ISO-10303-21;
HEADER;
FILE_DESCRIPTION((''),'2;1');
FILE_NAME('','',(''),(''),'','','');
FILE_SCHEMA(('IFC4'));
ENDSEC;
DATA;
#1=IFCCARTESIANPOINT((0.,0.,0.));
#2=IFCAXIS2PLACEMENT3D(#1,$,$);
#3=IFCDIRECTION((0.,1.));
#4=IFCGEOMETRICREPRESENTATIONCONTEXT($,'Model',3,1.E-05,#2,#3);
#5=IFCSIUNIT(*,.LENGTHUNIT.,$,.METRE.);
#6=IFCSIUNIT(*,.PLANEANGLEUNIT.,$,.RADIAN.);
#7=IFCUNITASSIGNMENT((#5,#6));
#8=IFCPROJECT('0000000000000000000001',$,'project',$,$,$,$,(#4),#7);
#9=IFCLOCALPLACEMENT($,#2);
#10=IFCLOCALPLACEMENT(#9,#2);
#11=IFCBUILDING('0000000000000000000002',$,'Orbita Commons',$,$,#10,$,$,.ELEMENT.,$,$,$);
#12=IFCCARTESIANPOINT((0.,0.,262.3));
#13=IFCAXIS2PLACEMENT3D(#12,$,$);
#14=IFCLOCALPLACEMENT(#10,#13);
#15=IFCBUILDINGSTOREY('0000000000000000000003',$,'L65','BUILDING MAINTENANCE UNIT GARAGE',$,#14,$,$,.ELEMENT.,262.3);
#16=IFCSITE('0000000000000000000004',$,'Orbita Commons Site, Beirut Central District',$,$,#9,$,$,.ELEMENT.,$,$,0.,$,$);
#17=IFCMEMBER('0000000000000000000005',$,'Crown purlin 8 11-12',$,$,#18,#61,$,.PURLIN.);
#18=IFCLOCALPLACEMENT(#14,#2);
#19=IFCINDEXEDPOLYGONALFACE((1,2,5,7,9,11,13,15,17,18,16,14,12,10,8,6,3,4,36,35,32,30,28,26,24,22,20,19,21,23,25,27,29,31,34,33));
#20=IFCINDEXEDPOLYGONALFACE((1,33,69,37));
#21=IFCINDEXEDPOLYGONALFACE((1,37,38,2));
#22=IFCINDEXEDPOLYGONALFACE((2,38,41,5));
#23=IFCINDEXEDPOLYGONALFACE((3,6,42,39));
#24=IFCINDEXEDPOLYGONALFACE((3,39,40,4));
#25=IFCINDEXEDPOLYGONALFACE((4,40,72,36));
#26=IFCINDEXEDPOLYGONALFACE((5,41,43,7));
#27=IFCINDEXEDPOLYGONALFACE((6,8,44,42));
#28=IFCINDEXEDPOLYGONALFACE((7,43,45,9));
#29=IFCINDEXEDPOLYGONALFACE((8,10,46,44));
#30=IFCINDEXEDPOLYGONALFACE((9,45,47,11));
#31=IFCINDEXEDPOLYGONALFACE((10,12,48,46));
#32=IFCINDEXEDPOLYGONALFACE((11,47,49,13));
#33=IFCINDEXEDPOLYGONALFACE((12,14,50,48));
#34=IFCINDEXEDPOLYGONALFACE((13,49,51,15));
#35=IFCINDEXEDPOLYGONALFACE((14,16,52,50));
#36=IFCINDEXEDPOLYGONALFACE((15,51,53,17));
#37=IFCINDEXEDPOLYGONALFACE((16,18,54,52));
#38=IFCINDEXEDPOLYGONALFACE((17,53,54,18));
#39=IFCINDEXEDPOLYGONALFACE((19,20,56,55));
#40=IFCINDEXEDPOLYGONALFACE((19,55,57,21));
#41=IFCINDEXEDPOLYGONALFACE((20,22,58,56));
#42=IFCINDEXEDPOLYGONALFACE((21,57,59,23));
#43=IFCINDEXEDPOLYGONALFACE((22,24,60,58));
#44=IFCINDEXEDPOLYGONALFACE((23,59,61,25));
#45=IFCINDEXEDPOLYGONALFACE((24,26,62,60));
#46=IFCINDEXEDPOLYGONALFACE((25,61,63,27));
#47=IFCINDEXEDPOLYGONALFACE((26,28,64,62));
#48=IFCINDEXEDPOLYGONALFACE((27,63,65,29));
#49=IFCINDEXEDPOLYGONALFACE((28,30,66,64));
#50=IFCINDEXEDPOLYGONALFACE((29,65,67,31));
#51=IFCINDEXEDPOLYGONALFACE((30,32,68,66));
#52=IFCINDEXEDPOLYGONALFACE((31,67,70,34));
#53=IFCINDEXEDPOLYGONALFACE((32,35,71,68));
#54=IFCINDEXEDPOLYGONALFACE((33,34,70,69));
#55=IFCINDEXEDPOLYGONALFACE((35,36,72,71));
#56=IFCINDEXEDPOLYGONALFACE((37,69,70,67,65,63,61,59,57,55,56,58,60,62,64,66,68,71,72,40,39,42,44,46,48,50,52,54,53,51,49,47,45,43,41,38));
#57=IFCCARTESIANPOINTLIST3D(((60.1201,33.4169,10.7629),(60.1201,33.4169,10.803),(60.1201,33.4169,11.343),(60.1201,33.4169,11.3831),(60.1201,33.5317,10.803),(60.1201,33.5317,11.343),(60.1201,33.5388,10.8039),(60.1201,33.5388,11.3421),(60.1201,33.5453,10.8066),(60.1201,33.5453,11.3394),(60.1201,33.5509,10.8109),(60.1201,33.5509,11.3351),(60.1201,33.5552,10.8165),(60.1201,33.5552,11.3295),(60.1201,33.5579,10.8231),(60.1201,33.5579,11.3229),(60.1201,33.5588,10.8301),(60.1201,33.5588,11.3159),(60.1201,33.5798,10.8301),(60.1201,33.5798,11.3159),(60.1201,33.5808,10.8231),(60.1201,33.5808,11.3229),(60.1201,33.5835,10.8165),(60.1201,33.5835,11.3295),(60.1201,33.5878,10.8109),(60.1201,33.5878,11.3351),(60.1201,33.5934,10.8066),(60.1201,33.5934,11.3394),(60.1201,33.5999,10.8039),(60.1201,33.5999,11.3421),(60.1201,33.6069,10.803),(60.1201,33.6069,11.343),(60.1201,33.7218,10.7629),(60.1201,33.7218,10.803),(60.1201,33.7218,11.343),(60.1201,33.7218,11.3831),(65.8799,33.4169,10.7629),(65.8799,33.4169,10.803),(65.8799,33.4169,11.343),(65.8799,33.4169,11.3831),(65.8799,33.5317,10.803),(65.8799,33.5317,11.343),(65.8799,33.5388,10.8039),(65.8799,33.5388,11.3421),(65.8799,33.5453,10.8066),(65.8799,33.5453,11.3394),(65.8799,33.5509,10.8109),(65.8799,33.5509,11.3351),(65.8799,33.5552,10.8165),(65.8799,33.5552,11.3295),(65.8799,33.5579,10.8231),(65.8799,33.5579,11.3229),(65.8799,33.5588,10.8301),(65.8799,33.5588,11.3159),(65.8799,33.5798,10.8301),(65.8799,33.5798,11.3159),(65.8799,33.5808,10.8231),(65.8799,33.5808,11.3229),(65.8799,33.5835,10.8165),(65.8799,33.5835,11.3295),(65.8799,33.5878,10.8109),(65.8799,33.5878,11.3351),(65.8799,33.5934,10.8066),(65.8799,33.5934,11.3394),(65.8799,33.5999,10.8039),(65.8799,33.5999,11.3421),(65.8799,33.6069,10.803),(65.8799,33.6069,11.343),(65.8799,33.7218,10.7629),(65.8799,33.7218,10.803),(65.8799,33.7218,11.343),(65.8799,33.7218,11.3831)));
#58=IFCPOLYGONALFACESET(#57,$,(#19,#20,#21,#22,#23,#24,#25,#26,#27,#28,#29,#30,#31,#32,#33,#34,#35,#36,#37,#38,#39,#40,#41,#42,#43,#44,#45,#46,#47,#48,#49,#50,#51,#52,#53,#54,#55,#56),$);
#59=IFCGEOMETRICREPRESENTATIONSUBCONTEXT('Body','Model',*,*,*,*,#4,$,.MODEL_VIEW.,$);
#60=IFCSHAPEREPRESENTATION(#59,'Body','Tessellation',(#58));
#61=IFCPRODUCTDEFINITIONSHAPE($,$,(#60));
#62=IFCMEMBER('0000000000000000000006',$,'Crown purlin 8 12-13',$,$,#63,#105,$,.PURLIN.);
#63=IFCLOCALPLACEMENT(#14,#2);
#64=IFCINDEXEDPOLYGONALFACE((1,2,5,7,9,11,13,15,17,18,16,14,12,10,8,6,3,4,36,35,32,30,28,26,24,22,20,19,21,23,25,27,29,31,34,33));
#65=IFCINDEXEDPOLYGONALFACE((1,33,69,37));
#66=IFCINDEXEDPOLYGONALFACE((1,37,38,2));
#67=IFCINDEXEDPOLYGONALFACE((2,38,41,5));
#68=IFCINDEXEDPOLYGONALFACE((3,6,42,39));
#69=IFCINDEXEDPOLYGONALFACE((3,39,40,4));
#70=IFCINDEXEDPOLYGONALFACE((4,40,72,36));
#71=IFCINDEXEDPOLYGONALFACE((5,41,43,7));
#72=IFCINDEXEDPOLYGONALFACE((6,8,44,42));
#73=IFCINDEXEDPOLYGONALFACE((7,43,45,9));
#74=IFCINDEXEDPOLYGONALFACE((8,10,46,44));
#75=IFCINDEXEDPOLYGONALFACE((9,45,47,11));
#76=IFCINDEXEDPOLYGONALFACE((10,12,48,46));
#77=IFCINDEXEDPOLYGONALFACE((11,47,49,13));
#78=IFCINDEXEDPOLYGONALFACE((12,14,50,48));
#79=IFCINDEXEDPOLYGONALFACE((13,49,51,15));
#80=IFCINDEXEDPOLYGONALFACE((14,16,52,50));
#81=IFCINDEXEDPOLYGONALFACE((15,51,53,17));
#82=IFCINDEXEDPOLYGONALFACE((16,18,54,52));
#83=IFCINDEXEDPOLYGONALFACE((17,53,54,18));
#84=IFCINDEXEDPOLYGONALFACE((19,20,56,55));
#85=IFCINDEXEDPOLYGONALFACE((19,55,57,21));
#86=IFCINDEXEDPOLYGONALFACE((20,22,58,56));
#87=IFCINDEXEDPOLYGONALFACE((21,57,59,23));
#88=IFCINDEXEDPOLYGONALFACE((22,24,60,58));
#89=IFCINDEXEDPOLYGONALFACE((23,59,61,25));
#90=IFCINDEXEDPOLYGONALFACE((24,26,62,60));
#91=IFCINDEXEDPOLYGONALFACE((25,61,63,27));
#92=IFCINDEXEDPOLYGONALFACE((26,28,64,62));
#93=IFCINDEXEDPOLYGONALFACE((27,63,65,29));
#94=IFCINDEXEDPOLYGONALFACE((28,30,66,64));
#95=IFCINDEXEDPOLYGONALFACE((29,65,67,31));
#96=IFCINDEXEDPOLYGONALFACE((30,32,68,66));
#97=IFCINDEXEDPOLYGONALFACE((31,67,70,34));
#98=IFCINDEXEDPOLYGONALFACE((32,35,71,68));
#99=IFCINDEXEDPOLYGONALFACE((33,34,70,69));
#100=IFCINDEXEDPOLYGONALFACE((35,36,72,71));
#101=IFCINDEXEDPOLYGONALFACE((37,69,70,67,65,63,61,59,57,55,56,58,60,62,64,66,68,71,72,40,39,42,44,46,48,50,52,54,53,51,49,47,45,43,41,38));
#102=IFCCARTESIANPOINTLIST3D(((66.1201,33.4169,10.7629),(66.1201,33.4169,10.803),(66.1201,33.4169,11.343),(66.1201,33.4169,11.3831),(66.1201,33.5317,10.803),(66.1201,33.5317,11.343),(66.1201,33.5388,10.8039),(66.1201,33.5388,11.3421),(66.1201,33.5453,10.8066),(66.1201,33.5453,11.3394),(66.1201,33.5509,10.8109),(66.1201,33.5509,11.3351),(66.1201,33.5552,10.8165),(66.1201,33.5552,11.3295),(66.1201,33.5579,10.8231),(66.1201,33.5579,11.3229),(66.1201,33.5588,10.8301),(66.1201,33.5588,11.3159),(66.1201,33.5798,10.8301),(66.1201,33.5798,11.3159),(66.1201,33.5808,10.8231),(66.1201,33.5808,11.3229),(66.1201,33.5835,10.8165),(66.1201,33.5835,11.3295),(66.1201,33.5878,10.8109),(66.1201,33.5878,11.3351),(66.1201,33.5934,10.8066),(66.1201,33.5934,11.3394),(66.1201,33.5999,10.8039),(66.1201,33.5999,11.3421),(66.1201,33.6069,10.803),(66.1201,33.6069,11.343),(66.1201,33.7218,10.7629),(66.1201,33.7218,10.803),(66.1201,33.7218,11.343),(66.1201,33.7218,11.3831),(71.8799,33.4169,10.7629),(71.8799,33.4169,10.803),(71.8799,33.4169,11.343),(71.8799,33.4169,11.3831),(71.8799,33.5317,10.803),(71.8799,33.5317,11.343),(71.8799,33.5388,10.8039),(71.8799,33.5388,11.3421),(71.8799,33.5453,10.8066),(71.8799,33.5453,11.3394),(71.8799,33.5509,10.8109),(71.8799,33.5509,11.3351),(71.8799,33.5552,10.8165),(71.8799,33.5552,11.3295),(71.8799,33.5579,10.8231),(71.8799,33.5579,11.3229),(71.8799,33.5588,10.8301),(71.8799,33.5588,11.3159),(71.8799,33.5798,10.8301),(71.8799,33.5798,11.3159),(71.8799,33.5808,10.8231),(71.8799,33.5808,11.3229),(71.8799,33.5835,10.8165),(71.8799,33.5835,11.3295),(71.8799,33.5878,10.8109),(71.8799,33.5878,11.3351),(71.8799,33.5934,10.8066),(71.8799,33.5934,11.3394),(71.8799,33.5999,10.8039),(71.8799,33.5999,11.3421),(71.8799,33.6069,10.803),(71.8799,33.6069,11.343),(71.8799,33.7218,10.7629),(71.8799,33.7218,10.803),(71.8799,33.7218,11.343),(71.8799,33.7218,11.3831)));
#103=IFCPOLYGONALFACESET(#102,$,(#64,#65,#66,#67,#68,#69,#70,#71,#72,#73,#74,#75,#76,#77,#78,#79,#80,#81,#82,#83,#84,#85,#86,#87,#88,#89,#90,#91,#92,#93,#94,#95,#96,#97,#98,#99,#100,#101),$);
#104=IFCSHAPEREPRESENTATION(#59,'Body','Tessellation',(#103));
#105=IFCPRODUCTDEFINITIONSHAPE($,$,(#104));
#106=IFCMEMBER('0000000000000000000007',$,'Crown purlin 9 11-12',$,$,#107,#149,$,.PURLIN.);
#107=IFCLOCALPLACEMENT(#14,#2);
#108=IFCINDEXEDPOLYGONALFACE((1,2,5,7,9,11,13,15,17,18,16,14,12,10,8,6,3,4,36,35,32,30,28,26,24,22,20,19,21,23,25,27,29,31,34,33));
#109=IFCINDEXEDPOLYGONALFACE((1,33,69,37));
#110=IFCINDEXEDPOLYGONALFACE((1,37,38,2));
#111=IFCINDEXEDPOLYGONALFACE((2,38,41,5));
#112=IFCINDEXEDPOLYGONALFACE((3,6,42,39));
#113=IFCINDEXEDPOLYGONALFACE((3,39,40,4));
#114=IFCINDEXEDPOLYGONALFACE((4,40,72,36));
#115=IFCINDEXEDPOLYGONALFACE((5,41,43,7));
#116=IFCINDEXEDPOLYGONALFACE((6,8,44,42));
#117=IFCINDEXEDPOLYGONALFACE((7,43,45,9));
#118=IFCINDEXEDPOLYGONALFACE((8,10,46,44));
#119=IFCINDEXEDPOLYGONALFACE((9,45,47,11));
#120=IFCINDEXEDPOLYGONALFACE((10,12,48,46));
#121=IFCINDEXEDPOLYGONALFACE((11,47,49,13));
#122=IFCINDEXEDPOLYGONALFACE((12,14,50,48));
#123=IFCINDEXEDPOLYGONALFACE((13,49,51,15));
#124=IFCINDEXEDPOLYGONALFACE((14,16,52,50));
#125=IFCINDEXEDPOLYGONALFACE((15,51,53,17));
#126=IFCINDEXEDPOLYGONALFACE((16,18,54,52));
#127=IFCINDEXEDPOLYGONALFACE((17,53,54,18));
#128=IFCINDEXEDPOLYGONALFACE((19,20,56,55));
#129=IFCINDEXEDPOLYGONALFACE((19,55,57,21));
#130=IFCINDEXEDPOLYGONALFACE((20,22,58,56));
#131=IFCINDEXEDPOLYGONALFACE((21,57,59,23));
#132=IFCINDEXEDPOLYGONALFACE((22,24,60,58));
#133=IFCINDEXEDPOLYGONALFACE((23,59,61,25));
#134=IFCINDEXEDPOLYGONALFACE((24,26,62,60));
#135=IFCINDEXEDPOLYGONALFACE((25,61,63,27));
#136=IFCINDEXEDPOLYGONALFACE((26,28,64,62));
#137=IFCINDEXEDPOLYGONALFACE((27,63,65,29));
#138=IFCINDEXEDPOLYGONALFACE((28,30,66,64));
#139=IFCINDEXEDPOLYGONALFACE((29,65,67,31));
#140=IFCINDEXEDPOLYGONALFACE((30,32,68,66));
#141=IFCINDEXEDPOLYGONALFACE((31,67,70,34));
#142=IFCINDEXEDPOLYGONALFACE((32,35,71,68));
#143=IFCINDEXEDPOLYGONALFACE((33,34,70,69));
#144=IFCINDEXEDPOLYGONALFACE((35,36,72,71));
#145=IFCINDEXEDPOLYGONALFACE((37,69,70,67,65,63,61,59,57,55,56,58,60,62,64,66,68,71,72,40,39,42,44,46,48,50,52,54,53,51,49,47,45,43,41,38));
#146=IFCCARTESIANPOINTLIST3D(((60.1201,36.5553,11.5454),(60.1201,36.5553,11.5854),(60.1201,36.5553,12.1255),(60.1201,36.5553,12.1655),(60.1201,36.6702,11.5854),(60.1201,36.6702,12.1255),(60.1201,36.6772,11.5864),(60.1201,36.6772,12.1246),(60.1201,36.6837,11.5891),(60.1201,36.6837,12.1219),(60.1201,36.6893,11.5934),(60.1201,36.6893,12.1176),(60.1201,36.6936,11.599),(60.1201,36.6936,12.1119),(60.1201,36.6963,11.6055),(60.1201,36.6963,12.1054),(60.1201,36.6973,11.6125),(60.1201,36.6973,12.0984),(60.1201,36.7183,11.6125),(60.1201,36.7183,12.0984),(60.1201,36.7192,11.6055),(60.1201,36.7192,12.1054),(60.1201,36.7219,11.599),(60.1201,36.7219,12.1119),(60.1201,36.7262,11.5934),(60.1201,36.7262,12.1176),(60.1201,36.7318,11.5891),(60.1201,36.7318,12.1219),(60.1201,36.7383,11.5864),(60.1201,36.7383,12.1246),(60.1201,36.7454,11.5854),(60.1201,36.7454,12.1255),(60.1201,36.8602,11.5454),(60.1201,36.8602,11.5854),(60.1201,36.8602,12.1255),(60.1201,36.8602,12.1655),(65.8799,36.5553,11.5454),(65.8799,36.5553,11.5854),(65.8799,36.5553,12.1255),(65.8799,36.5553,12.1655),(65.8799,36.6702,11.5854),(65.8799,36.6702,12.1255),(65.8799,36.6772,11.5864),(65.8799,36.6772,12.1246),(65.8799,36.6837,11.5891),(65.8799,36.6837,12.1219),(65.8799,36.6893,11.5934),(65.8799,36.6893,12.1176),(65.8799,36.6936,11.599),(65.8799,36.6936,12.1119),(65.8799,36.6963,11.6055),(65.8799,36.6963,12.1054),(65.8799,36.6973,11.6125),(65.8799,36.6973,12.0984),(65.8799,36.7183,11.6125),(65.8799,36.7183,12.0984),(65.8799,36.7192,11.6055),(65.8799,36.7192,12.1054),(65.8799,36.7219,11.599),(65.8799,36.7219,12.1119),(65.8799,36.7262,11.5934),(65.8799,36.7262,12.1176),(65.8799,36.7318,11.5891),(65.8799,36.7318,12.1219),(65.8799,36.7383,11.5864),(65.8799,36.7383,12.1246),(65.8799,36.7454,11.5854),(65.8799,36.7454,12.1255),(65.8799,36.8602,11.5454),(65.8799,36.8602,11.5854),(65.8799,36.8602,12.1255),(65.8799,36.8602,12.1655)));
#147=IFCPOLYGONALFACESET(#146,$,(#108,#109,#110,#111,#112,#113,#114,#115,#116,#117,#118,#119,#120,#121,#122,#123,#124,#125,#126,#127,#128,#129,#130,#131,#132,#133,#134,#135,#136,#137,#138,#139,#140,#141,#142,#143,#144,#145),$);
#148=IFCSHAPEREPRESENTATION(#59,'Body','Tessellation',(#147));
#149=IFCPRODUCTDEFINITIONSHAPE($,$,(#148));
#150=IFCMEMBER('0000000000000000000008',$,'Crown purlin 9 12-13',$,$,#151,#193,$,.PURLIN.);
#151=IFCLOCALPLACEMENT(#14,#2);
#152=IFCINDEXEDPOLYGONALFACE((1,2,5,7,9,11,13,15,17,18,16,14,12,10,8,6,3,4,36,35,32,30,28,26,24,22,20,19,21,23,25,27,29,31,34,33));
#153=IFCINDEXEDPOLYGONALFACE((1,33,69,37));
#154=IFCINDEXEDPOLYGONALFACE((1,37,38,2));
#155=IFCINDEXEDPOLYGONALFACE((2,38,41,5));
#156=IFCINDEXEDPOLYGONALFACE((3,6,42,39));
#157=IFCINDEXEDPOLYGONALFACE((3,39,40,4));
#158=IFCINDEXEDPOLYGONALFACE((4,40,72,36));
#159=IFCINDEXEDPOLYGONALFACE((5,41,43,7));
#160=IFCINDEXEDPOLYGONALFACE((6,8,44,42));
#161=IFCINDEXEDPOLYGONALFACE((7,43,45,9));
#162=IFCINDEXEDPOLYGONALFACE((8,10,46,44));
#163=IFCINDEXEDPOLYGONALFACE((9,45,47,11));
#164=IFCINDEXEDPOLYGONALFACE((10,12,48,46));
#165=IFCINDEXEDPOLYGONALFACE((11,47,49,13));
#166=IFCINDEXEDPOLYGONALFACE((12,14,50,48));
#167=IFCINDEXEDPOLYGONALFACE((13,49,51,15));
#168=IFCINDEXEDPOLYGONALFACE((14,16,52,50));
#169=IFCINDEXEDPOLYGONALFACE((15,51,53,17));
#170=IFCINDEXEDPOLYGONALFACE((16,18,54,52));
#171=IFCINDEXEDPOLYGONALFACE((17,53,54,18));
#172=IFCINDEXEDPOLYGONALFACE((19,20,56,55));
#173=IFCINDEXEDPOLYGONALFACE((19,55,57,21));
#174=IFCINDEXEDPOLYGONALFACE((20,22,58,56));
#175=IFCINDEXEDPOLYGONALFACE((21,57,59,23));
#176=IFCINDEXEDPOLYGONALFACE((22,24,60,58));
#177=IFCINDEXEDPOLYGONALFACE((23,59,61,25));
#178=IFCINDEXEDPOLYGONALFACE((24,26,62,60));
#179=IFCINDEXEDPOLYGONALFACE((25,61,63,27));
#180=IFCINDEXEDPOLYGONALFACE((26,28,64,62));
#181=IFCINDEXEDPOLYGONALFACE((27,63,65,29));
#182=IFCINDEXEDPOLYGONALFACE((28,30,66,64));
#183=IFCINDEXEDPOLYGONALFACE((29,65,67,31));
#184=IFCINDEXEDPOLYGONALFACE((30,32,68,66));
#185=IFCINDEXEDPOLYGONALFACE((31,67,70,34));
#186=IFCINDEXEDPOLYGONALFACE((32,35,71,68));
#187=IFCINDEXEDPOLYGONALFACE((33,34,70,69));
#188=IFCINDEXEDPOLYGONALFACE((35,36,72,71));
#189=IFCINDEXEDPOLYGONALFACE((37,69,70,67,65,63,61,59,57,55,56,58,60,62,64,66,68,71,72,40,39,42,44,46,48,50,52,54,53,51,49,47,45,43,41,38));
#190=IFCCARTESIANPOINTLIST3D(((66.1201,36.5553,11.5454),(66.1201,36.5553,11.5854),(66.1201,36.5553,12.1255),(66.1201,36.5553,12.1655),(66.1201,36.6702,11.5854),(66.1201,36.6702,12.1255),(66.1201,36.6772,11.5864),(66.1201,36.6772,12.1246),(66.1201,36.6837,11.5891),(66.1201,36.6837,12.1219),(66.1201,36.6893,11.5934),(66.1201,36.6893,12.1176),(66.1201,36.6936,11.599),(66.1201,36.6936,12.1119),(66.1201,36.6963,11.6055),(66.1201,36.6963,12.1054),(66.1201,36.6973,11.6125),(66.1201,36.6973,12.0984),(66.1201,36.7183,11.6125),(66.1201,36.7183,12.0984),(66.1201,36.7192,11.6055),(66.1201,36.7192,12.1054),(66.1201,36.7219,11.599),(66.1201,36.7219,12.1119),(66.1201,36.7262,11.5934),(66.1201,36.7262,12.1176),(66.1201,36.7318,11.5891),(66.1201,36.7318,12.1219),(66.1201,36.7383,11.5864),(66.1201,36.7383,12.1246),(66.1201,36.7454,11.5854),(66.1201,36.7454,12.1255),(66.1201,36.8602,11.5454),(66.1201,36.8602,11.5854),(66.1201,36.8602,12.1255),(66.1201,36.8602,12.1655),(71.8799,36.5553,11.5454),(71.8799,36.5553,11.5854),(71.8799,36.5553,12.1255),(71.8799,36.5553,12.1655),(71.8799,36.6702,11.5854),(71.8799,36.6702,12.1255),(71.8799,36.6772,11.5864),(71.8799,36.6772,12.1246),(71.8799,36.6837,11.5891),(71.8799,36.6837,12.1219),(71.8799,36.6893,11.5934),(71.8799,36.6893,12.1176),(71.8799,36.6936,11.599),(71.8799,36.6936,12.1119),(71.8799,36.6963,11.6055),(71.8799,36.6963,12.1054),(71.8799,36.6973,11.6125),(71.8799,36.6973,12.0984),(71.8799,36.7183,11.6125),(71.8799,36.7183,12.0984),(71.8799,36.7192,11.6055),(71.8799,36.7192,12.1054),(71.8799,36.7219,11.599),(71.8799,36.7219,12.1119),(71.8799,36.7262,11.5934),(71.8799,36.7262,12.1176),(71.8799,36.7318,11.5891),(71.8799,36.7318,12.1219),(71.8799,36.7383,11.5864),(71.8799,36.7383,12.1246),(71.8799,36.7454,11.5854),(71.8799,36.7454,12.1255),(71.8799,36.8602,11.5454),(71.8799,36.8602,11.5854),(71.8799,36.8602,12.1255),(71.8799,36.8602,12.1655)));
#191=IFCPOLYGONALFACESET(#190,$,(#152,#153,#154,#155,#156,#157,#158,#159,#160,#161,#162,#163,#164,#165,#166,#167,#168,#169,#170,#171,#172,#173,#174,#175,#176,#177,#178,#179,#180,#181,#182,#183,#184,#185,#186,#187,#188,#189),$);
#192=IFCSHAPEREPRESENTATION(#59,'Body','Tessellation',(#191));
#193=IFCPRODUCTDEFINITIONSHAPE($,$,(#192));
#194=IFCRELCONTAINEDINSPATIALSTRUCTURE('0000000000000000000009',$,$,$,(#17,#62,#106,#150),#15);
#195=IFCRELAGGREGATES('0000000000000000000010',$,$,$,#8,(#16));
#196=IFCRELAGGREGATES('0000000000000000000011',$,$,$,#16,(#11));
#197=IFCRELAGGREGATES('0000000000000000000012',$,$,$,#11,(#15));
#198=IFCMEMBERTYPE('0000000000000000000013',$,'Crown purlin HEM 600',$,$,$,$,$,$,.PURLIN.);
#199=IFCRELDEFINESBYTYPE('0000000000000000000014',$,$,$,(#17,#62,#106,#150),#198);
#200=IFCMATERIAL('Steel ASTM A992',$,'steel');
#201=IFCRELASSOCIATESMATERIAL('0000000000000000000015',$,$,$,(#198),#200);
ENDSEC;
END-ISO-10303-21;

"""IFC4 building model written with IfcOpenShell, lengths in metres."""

from ifc_helpers import new_model, si_unit, direction, frame, origin, origin_2d, place, context, subcontext, project, spatial, i_section, extrude, material, material_profile, profile_set, type_object, element, save


model = new_model("IFC4")

# Units and contexts
model_context = context("Model", 3, precision=1e-05, world=origin(), true_north=direction((0.0, 1.0)))
body_context = subcontext(model_context, "Body", "Model", "MODEL_VIEW")
ifc_project = project(units=[si_unit("LENGTHUNIT", "METRE"), si_unit("PLANEANGLEUNIT", "RADIAN")], contexts=[model_context])

# Site, building, storey
site_placement = place(None, origin())
site = spatial("IfcSite", under=ifc_project, at=site_placement, Name="Orbita Commons Site, Beirut Central District", CompositionType="ELEMENT", RefElevation=0.0)
building_placement = place(site_placement, origin())
building = spatial("IfcBuilding", under=site, at=building_placement, Name="Orbita Commons", CompositionType="ELEMENT")
storey_placement = place(building_placement, frame((0.0, 0.0, 262.3)))
storey = spatial("IfcBuildingStorey", under=building, at=storey_placement, Name="L65", Description="BUILDING MAINTENANCE UNIT GARAGE", CompositionType="ELEMENT", Elevation=262.3)

# Members
ifc_material_1 = material(Name="Steel ASTM A992", Category="steel")
ifc_material_profile_1 = material_profile(ifc_material_1, i_section(OverallWidth=0.3049, OverallDepth=0.6201, WebThickness=0.021, FlangeThickness=0.04, FilletRadius=0.0271, at=origin_2d()), Name="HEM 600")
ifc_profile_set_1 = profile_set([ifc_material_profile_1], Name="Steel ASTM A992")
member_type_1 = type_object("IfcMemberType", Name="Crown purlin HEM 600", PredefinedType="PURLIN", material=ifc_profile_set_1)
for number, where, z_axis, x_axis, name in (
    (1, (60.1201, 33.5693, 11.073), (1.0, 0.0, 0.0), (0.0, 1.0, 0.0), "Crown purlin 8 11-12"),
    (2, (66.1201, 33.5693, 11.073), (1.0, 0.0, 0.0), (0.0, 1.0, 0.0), "Crown purlin 8 12-13"),
    (3, (60.1201, 36.7078, 11.8555), (1.0, 0.0, 0.0), (0.0, 1.0, 0.0), "Crown purlin 9 11-12"),
    (4, (66.1201, 36.7078, 11.8555), (1.0, 0.0, 0.0), (0.0, 1.0, 0.0), "Crown purlin 9 12-13"),
):
    element("IfcMember", number, at=place(storey_placement, frame(where, z_axis=z_axis, x_axis=x_axis)), inside=storey, type_object=member_type_1, Name=name, PredefinedType="PURLIN", context=body_context, shape_type="SweptSolid", body=[
        extrude(i_section(OverallWidth=0.3049, OverallDepth=0.6201, WebThickness=0.021, FlangeThickness=0.04, FilletRadius=0.0271, at=origin_2d()), origin(), (0.0, 0.0, 1.0), 5.7598),
    ])

save(model, "model.ifc")
